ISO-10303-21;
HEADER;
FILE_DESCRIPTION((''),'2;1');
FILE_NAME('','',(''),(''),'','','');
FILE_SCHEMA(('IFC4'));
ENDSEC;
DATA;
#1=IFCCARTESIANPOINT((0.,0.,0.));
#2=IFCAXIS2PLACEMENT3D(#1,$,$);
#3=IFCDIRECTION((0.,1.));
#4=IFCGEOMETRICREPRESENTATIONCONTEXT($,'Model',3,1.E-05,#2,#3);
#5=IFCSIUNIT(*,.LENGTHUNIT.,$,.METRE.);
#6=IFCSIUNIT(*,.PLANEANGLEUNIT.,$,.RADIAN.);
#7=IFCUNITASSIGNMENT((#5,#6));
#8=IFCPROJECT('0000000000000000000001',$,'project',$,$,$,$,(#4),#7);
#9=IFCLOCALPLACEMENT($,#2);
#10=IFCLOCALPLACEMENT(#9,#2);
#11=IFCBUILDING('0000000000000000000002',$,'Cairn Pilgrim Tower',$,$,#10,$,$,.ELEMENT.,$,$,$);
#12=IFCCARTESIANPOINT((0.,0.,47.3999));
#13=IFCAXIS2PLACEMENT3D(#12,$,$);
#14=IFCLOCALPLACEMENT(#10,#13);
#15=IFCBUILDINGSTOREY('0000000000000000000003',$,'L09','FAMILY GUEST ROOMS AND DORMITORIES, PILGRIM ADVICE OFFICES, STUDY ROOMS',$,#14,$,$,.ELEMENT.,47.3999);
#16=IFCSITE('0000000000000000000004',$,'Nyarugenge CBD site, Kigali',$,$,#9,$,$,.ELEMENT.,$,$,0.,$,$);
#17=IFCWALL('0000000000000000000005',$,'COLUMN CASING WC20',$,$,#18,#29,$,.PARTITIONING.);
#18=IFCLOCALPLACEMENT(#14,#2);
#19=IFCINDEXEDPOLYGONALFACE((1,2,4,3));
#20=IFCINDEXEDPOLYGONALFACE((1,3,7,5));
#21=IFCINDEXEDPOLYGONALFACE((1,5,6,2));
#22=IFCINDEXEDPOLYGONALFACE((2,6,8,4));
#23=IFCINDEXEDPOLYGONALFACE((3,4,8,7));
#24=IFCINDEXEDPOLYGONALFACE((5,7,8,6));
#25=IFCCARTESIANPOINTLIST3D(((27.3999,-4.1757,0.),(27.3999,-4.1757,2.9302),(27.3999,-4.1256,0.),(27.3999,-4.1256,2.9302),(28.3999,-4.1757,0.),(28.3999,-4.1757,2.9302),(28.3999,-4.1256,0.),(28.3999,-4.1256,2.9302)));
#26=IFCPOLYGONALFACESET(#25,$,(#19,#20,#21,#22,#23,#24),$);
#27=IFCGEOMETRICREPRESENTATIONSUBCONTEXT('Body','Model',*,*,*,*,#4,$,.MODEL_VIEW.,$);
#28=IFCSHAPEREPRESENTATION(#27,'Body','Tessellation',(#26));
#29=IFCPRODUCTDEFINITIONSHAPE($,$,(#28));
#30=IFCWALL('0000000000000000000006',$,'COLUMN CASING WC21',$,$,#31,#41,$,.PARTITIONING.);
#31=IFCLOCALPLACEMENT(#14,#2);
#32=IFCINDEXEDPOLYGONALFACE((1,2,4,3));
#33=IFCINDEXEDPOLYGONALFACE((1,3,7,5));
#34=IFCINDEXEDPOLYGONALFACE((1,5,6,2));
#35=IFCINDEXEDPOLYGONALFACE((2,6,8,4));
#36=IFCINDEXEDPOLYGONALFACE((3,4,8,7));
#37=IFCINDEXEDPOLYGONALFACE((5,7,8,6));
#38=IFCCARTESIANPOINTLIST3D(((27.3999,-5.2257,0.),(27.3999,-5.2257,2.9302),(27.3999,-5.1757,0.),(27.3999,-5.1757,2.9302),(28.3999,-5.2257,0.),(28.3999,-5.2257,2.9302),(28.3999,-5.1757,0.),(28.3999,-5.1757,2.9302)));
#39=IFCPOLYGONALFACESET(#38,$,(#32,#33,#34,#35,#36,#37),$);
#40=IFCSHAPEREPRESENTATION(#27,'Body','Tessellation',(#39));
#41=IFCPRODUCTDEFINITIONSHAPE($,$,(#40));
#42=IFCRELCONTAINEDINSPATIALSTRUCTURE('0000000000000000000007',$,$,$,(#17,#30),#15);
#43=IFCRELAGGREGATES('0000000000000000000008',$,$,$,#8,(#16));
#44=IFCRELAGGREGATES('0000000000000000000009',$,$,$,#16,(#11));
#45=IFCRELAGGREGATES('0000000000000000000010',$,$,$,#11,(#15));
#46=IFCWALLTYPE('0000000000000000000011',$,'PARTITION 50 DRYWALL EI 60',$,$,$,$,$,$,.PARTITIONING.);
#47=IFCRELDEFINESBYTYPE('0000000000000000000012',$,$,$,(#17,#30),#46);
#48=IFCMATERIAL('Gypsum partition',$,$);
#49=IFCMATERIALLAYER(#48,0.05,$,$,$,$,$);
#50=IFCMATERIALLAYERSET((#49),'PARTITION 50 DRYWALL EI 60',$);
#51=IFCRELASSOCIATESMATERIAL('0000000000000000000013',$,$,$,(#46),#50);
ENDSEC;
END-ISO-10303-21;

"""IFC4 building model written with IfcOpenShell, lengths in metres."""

from ifc_helpers import new_model, si_unit, direction, frame, frame_2d, origin, place, context, subcontext, project, spatial, rectangle, extrude, material, layer, layer_set, type_object, element, save


model = new_model("IFC4")

# Units and contexts
model_context = context("Model", 3, precision=1e-05, world=origin(), true_north=direction((0.0, 1.0)))
body_context = subcontext(model_context, "Body", "Model", "MODEL_VIEW")
ifc_project = project(units=[si_unit("LENGTHUNIT", "METRE"), si_unit("PLANEANGLEUNIT", "RADIAN")], contexts=[model_context])

# Site, building, storey
site_placement = place(None, origin())
site = spatial("IfcSite", under=ifc_project, at=site_placement, Name="Nyarugenge CBD site, Kigali", CompositionType="ELEMENT", RefElevation=0.0)
building_placement = place(site_placement, origin())
building = spatial("IfcBuilding", under=site, at=building_placement, Name="Cairn Pilgrim Tower", CompositionType="ELEMENT")
storey_placement = place(building_placement, frame((0.0, 0.0, 47.3999)))
storey = spatial("IfcBuildingStorey", under=building, at=storey_placement, Name="L09", Description="FAMILY GUEST ROOMS AND DORMITORIES, PILGRIM ADVICE OFFICES, STUDY ROOMS", CompositionType="ELEMENT", Elevation=47.3999)

# Shared definitions
ifc_material_1 = material(Name="Gypsum partition")

# Walls
ifc_layer_1 = layer(ifc_material_1, 0.05)
ifc_layer_set_1 = layer_set([ifc_layer_1], Name="PARTITION 50 DRYWALL EI 60")
wall_type_1 = type_object("IfcWallType", Name="PARTITION 50 DRYWALL EI 60", PredefinedType="PARTITIONING", material=ifc_layer_set_1)
for number, where, z_axis, x_axis, name in (
    (1, (27.3999, -4.1506, 0.0), (0.0, 0.0, 1.0), (1.0, 0.0, 0.0), "COLUMN CASING WC20"),
    (2, (27.3999, -5.2007, 0.0), (0.0, 0.0, 1.0), (1.0, 0.0, 0.0), "COLUMN CASING WC21"),
):
    element("IfcWall", number, at=place(storey_placement, frame(where, z_axis=z_axis, x_axis=x_axis)), inside=storey, type_object=wall_type_1, Name=name, PredefinedType="PARTITIONING", context=body_context, shape_type="SweptSolid", body=[
        extrude(rectangle(XDim=1.0, YDim=0.05, at=frame_2d((0.5, 0.0))), origin(), (0.0, 0.0, 1.0), 2.9302),
    ])

save(model, "model.ifc")
